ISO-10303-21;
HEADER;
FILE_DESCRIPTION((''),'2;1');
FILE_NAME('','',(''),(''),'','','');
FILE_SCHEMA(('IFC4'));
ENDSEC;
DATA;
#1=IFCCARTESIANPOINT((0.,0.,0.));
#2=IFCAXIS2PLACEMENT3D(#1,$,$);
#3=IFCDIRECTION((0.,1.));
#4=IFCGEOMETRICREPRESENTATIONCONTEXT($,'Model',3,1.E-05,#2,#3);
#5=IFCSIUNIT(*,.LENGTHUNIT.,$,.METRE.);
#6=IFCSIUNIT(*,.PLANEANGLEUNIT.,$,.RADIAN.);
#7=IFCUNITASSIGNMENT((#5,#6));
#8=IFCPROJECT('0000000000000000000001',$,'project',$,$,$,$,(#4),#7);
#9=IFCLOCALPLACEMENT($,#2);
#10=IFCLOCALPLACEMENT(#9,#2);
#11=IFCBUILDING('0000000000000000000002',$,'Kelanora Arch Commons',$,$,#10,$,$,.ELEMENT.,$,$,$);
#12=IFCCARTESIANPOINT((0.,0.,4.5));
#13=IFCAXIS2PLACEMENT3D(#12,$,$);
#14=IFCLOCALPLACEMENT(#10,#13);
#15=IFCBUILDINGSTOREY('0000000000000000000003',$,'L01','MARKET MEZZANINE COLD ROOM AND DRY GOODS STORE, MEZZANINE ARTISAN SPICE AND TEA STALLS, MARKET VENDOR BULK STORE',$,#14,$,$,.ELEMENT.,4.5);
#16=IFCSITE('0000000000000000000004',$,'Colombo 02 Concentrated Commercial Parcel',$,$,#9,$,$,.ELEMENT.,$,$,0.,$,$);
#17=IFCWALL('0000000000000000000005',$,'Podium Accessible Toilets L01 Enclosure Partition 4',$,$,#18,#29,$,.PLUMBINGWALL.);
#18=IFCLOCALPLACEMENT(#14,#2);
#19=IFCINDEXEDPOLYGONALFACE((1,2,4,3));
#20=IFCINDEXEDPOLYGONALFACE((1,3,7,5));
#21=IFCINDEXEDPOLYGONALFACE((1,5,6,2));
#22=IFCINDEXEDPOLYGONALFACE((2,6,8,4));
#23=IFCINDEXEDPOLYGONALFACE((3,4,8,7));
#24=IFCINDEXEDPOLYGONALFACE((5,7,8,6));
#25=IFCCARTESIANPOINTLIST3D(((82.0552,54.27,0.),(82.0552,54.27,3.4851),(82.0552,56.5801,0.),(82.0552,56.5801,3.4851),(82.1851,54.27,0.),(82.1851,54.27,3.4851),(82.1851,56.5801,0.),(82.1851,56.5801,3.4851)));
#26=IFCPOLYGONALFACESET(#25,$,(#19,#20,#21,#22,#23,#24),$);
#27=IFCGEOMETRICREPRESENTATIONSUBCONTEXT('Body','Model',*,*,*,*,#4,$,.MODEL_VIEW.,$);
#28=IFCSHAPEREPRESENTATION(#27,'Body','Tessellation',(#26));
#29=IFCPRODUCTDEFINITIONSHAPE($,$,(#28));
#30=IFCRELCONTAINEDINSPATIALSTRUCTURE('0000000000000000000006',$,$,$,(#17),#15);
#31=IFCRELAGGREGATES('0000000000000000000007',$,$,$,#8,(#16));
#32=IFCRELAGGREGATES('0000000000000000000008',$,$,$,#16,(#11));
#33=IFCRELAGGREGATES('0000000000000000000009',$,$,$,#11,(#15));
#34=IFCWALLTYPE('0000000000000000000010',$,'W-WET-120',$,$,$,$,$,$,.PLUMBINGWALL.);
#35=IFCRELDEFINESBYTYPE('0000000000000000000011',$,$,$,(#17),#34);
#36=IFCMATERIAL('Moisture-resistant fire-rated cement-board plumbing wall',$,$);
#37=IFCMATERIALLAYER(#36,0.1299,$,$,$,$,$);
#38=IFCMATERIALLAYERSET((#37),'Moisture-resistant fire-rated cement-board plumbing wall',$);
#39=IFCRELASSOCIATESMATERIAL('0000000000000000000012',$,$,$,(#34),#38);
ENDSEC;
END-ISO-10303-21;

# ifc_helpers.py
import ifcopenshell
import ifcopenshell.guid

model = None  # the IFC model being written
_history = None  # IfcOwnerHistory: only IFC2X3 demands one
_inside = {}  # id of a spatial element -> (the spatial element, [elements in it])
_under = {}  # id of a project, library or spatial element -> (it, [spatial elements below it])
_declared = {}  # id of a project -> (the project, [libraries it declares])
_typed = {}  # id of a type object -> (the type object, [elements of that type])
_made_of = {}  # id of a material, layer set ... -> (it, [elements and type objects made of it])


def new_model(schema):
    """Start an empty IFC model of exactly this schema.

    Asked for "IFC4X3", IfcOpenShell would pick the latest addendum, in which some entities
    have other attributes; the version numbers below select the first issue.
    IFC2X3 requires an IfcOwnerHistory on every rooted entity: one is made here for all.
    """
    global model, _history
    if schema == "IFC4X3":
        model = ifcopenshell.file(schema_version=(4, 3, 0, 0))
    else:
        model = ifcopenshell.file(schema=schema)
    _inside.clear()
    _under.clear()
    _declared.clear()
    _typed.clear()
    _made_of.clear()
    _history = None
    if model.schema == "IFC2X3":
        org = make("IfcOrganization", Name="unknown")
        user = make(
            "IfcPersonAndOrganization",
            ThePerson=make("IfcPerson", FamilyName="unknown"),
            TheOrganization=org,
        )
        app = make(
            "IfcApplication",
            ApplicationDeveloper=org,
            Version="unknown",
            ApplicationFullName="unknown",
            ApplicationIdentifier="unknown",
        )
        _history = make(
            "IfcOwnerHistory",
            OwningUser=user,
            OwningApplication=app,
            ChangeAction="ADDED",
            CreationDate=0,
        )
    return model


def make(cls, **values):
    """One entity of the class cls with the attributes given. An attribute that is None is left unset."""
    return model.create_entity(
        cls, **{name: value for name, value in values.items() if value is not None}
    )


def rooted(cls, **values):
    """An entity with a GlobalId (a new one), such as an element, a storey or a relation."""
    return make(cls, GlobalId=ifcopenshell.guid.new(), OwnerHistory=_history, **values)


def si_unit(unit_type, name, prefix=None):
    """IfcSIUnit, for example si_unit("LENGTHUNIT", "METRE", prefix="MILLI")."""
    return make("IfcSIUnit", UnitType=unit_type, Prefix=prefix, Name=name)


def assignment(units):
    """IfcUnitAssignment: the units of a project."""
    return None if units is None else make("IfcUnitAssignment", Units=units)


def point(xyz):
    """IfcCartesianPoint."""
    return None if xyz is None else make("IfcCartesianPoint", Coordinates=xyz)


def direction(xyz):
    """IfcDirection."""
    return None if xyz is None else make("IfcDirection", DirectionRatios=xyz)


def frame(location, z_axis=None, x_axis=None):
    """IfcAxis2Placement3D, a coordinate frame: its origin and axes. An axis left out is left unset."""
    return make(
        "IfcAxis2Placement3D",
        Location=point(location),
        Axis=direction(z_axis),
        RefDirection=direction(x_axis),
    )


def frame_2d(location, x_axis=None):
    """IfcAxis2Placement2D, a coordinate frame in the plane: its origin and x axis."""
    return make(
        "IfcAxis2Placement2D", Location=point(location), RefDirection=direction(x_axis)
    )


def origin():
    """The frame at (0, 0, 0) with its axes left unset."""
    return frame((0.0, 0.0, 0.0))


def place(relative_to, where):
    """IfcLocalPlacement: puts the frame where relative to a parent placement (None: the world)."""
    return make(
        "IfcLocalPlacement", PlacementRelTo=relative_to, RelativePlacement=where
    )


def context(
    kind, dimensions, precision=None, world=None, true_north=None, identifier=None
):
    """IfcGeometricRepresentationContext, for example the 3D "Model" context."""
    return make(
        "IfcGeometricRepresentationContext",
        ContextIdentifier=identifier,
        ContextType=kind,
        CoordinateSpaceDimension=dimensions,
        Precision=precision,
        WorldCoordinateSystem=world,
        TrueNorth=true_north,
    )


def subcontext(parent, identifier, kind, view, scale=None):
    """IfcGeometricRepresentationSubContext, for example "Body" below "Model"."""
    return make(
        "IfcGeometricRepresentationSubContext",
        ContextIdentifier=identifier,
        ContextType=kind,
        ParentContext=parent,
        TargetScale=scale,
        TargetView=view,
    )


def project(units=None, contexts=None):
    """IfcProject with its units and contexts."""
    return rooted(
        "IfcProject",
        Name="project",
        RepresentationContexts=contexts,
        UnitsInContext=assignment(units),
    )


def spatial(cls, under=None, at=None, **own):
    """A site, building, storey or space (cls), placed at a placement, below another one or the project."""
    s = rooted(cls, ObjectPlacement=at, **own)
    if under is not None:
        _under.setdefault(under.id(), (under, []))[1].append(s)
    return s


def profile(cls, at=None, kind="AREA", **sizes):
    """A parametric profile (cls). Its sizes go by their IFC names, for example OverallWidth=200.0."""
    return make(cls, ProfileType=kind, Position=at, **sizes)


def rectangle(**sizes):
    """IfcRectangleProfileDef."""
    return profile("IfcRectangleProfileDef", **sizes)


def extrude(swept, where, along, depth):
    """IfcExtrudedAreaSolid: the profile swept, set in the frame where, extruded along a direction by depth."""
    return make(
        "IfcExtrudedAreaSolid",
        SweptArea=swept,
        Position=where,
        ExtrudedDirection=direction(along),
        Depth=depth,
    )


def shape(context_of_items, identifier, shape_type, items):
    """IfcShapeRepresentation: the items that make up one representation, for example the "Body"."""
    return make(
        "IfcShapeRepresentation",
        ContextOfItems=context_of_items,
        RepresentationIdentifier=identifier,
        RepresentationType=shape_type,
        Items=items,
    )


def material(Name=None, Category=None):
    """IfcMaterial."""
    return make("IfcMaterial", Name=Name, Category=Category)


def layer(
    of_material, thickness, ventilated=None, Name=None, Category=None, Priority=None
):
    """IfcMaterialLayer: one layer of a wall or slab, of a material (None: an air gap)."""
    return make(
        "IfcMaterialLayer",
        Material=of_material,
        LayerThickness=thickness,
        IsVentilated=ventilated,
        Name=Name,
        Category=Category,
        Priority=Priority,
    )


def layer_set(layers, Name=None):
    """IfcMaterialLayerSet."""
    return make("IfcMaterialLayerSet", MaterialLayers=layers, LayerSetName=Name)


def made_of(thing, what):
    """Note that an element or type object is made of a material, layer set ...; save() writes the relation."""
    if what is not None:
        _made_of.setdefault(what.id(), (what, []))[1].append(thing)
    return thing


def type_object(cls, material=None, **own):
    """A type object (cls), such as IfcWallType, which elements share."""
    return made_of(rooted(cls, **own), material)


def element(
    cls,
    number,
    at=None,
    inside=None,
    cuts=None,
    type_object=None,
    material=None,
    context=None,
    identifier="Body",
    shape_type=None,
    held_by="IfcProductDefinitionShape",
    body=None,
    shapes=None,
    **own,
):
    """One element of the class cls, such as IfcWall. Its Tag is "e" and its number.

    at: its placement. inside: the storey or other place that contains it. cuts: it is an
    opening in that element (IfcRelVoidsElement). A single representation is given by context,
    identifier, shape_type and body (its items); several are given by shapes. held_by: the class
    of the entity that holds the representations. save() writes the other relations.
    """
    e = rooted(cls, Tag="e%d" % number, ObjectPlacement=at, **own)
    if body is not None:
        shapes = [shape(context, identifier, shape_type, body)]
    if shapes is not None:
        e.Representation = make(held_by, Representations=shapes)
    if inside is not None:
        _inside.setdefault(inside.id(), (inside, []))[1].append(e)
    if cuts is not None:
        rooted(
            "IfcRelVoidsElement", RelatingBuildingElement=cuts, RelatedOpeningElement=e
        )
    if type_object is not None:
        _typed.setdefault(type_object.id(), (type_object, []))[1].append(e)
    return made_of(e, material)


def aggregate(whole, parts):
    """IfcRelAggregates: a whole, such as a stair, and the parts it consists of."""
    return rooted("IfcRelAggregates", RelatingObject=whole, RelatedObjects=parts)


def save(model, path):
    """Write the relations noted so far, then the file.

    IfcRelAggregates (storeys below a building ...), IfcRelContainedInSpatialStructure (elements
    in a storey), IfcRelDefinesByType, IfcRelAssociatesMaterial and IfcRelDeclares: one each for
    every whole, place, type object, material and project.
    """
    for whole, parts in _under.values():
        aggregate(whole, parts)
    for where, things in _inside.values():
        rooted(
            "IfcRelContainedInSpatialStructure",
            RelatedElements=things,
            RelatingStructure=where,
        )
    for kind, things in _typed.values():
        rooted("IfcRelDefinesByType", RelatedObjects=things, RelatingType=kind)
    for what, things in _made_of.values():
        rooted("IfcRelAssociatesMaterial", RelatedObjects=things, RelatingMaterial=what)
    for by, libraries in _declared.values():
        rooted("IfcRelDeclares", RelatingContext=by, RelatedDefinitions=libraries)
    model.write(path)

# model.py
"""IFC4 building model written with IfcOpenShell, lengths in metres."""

from ifc_helpers import new_model, si_unit, direction, frame, frame_2d, origin, place, context, subcontext, project, spatial, rectangle, extrude, material, layer, layer_set, type_object, element, save


model = new_model("IFC4")

# Units and contexts
model_context = context("Model", 3, precision=1e-05, world=origin(), true_north=direction((0.0, 1.0)))
body_context = subcontext(model_context, "Body", "Model", "MODEL_VIEW")
ifc_project = project(units=[si_unit("LENGTHUNIT", "METRE"), si_unit("PLANEANGLEUNIT", "RADIAN")], contexts=[model_context])

# Site, building, storey
site_placement = place(None, origin())
site = spatial("IfcSite", under=ifc_project, at=site_placement, Name="Colombo 02 Concentrated Commercial Parcel", CompositionType="ELEMENT", RefElevation=0.0)
building_placement = place(site_placement, origin())
building = spatial("IfcBuilding", under=site, at=building_placement, Name="Kelanora Arch Commons", CompositionType="ELEMENT")
storey_placement = place(building_placement, frame((0.0, 0.0, 4.5)))
storey = spatial("IfcBuildingStorey", under=building, at=storey_placement, Name="L01", Description="MARKET MEZZANINE COLD ROOM AND DRY GOODS STORE, MEZZANINE ARTISAN SPICE AND TEA STALLS, MARKET VENDOR BULK STORE", CompositionType="ELEMENT", Elevation=4.5)

# Shared definitions
ifc_material_1 = material(Name="Moisture-resistant fire-rated cement-board plumbing wall")
ifc_layer_1 = layer(ifc_material_1, 0.1299)
ifc_layer_set_1 = layer_set([ifc_layer_1], Name="Moisture-resistant fire-rated cement-board plumbing wall")
wall_type_1 = type_object("IfcWallType", Name="W-WET-120", PredefinedType="PLUMBINGWALL", material=ifc_layer_set_1)

# Wall
wall_1_placement = place(storey_placement, frame((82.1201, 56.5801, 0.0), z_axis=(0.0, 0.0, 1.0), x_axis=(0.0, -1.0, 0.0)))
element("IfcWall", 1, at=wall_1_placement, inside=storey, type_object=wall_type_1, Name="Podium Accessible Toilets L01 Enclosure Partition 4", PredefinedType="PLUMBINGWALL", context=body_context, shape_type="SweptSolid", body=[
    extrude(rectangle(XDim=2.3101, YDim=0.1299, at=frame_2d((1.155, 0.0))), origin(), (0.0, 0.0, 1.0), 3.4851),
])

save(model, "model.ifc")
